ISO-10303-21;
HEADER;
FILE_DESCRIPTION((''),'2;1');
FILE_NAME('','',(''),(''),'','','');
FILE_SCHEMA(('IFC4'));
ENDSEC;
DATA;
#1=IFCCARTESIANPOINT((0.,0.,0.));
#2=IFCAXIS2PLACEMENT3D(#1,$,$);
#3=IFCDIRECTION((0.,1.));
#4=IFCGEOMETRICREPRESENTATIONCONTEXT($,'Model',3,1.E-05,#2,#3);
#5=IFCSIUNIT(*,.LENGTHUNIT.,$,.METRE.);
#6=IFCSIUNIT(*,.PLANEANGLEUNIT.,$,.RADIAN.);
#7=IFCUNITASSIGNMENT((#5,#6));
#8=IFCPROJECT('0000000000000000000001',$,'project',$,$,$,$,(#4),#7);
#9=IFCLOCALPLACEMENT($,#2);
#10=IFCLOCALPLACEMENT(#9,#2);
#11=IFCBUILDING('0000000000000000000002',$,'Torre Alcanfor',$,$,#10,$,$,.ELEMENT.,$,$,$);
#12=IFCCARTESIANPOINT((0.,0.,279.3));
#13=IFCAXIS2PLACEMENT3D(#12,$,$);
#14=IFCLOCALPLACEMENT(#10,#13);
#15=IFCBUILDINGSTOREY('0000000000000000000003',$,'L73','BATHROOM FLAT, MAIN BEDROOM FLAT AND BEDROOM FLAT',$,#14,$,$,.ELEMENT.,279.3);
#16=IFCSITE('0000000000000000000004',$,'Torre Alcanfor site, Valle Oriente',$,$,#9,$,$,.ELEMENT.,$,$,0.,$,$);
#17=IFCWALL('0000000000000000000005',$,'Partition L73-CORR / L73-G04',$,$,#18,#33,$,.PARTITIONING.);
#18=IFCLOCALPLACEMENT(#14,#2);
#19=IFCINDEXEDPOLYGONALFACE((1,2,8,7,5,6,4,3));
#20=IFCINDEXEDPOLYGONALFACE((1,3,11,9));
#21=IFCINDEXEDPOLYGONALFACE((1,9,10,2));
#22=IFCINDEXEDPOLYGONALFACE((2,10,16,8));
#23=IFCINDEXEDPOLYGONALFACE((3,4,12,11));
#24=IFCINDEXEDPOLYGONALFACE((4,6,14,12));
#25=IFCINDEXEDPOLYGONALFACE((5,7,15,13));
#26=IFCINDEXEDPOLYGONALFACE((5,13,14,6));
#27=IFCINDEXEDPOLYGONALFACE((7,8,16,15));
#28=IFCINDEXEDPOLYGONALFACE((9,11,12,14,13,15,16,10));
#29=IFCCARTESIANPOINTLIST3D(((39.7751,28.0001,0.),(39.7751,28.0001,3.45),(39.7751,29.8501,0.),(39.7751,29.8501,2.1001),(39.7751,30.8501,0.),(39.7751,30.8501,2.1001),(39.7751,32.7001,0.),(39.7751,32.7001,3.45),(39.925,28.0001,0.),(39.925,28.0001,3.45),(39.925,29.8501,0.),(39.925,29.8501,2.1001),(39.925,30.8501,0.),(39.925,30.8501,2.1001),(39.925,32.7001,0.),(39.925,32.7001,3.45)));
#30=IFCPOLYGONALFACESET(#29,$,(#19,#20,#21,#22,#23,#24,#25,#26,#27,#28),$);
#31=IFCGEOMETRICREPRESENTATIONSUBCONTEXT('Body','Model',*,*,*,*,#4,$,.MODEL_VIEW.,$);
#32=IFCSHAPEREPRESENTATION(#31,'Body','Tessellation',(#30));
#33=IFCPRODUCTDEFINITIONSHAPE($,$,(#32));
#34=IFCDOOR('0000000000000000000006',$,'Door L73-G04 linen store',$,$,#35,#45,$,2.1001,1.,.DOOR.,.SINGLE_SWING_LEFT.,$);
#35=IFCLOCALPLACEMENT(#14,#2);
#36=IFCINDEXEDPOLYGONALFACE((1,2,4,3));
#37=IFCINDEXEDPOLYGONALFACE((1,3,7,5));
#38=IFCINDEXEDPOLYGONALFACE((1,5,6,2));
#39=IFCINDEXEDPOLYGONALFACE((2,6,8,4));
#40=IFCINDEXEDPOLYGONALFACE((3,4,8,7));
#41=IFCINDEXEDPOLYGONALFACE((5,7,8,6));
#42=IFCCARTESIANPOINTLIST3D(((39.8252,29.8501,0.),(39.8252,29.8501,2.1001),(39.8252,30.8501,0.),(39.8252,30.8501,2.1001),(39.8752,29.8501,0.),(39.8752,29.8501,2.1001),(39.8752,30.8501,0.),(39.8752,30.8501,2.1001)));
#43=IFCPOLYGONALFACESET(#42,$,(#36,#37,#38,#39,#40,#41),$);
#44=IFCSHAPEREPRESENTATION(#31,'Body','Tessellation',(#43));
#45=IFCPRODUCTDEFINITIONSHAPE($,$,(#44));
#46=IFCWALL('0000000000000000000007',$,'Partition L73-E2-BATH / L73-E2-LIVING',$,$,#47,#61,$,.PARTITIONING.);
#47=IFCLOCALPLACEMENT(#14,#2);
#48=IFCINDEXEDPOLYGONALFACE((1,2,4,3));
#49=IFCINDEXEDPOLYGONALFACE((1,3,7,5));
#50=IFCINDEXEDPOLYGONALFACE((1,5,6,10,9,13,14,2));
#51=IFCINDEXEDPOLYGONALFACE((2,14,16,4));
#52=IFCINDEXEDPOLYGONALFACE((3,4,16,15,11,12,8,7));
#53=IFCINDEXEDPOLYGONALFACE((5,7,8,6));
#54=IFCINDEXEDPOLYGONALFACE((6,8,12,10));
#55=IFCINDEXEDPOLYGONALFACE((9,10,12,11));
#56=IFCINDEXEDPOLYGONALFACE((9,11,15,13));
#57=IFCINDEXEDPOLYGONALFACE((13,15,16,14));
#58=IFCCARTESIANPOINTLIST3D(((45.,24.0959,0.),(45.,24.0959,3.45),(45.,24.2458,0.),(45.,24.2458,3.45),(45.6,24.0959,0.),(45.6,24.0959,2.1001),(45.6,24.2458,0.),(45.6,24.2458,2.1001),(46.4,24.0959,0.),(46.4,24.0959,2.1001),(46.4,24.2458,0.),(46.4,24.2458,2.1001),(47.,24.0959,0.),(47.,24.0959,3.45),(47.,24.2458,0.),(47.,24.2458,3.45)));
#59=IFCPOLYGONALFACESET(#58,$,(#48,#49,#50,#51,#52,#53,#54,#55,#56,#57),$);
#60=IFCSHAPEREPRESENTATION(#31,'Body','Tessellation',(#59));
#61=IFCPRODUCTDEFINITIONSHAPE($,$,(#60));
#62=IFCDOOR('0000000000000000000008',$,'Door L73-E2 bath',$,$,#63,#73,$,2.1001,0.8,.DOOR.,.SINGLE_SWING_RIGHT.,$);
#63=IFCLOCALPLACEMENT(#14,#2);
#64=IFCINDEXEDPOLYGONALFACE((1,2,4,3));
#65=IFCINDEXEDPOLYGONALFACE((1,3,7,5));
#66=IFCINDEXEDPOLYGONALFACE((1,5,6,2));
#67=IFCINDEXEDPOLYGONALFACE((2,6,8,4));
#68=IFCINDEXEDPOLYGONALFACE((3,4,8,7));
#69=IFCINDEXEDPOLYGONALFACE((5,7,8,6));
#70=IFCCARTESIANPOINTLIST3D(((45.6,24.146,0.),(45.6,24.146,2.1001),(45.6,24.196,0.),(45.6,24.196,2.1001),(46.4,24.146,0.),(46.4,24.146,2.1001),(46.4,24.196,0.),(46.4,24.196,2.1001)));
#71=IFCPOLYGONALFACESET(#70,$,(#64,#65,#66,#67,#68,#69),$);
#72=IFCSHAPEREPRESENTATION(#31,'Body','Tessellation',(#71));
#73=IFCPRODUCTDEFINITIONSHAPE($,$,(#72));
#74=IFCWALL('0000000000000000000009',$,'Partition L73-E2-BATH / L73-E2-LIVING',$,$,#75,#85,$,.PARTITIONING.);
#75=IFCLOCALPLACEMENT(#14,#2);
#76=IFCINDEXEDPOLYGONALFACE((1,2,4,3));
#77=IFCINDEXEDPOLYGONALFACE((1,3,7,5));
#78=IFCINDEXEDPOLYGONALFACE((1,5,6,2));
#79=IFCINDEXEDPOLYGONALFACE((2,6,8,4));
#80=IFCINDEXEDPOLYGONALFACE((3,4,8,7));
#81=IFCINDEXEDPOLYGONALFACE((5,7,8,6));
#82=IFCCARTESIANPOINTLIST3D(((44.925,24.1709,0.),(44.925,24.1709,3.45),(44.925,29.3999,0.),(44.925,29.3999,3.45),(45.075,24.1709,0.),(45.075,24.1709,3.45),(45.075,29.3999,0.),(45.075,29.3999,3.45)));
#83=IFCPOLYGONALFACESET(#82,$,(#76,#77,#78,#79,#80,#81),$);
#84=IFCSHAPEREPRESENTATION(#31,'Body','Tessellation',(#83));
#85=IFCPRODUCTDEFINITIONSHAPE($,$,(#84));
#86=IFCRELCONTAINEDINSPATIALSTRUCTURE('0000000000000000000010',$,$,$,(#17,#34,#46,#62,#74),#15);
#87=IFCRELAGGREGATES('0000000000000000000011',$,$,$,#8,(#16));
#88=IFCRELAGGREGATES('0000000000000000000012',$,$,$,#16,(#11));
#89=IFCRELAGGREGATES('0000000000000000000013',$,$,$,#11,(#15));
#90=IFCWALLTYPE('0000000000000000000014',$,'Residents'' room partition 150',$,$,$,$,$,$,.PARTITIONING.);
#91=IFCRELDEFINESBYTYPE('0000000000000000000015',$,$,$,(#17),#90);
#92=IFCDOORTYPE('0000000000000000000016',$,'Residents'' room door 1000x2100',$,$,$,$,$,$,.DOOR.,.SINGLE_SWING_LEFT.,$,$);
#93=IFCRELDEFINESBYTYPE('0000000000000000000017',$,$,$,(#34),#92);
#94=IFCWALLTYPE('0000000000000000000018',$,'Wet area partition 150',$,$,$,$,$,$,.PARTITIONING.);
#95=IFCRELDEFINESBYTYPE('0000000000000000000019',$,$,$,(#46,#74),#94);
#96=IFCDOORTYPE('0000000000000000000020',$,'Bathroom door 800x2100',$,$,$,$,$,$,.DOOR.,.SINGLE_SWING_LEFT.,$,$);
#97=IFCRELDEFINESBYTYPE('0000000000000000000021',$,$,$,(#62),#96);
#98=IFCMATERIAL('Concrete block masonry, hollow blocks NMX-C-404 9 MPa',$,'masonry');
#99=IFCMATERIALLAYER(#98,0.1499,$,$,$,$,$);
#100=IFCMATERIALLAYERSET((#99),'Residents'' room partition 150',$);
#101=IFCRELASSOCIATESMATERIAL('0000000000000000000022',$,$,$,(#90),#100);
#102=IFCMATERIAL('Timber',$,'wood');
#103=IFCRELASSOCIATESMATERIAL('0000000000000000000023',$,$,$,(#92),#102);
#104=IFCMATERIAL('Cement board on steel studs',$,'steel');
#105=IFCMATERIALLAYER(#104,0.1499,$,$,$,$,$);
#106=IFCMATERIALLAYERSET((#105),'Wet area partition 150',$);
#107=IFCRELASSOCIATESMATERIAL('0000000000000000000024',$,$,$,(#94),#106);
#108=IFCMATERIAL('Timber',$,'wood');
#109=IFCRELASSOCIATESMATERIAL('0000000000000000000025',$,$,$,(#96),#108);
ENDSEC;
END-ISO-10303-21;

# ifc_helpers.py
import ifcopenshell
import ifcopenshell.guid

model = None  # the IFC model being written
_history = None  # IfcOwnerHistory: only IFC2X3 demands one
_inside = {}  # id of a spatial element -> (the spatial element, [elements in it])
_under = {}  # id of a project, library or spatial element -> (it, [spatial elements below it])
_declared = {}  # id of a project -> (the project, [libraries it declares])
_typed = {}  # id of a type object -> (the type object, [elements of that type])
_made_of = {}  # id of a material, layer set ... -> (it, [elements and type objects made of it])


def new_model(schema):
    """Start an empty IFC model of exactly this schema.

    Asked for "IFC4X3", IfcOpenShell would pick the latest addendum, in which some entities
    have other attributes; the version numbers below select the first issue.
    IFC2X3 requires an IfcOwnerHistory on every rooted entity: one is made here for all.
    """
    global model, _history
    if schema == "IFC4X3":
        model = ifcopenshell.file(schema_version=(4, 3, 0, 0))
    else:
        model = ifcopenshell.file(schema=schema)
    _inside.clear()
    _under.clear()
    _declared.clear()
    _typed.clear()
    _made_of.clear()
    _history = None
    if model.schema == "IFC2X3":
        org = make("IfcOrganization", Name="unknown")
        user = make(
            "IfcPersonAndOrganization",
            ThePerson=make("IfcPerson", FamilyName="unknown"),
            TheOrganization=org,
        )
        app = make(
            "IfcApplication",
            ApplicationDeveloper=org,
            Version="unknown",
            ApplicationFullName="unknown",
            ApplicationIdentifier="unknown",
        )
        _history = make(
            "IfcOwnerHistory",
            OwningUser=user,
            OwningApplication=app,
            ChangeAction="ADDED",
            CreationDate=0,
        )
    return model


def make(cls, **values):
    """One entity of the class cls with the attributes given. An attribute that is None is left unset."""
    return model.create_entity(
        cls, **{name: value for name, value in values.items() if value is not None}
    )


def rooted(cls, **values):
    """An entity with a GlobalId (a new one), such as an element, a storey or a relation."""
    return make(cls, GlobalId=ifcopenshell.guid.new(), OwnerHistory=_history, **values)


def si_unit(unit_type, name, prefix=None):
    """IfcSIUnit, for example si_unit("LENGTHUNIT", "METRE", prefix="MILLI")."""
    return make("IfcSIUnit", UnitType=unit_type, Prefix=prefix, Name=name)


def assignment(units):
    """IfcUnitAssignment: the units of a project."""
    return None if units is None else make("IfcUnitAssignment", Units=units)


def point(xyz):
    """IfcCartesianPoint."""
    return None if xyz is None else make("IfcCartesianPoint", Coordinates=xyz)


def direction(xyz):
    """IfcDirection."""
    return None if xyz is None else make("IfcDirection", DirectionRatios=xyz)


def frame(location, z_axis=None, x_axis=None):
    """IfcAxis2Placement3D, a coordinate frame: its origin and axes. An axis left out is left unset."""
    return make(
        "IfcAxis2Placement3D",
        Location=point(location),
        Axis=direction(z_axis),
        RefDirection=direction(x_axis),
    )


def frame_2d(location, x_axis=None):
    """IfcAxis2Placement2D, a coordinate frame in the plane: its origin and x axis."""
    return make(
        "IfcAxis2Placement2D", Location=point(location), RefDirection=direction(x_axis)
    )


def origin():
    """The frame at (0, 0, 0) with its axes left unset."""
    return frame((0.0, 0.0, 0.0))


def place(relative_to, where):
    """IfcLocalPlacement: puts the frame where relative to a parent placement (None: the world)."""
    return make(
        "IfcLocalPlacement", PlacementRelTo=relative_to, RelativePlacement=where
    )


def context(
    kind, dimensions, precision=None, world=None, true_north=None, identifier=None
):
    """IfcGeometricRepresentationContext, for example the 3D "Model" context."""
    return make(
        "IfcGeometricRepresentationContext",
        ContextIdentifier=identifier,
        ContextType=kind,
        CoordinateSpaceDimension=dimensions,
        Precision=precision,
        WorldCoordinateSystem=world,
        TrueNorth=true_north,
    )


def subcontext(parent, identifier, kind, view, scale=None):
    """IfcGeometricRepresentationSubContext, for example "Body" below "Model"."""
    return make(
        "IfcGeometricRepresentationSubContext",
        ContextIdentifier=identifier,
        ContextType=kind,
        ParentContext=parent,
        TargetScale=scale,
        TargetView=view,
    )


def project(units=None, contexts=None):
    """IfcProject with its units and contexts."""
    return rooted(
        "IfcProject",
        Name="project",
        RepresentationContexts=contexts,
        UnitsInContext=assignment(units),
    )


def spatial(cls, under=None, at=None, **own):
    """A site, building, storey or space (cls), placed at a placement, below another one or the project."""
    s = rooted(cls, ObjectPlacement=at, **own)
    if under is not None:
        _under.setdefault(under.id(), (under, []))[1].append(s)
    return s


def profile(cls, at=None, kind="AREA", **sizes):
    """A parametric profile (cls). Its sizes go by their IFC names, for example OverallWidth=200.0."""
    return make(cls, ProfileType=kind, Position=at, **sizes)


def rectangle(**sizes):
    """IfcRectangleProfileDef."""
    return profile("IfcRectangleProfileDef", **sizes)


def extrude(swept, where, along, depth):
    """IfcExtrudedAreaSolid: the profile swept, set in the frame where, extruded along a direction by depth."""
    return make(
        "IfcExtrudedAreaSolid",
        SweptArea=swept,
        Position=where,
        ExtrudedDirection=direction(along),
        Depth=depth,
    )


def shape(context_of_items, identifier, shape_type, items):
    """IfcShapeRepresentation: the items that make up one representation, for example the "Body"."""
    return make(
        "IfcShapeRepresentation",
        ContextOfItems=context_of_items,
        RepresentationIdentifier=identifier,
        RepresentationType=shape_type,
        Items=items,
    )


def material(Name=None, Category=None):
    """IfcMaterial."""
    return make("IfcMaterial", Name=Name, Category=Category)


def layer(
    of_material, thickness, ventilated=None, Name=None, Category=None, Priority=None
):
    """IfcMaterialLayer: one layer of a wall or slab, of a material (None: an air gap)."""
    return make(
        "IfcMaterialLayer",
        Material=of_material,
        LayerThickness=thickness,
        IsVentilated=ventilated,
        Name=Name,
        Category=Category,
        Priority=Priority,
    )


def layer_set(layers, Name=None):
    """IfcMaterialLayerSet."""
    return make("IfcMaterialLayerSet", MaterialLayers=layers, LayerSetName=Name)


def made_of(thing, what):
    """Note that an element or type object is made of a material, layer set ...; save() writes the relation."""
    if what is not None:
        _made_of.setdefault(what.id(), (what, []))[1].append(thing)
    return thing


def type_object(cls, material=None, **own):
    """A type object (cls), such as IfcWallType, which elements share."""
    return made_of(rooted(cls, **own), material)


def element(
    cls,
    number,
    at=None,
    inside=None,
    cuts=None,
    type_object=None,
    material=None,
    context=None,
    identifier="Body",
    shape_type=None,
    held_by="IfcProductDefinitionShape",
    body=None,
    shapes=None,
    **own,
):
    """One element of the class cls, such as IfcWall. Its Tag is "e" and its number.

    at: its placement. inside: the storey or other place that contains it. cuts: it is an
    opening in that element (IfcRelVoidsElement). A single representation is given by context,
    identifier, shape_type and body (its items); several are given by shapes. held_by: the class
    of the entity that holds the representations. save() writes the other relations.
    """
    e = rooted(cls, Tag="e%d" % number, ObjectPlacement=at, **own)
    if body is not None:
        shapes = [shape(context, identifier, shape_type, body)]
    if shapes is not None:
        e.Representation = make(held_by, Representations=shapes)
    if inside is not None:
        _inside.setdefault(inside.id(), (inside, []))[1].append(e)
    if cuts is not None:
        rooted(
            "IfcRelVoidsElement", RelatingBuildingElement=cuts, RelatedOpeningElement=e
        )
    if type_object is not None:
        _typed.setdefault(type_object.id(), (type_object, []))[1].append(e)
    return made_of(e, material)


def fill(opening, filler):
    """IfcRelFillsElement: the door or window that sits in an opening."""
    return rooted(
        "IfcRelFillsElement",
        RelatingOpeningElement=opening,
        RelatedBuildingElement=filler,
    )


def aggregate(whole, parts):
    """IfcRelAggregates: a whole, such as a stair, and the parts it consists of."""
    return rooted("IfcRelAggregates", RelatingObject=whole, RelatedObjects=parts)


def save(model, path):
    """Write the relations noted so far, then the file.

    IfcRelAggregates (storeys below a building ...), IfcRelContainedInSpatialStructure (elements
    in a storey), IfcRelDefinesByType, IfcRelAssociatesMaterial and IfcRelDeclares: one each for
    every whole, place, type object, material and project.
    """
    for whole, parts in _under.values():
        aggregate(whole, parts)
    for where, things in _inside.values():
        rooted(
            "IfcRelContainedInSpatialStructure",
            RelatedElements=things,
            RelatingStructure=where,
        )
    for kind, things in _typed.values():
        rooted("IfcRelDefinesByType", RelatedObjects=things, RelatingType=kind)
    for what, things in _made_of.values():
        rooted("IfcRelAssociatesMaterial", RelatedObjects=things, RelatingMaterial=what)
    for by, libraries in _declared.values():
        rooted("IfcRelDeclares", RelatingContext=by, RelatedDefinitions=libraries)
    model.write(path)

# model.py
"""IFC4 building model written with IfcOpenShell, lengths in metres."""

from ifc_helpers import new_model, si_unit, direction, frame, frame_2d, origin, place, context, subcontext, project, spatial, rectangle, extrude, material, layer, layer_set, type_object, element, fill, save


model = new_model("IFC4")

# Units and contexts
model_context = context("Model", 3, precision=1e-05, world=origin(), true_north=direction((0.0, 1.0)))
body_context = subcontext(model_context, "Body", "Model", "MODEL_VIEW")
ifc_project = project(units=[si_unit("LENGTHUNIT", "METRE"), si_unit("PLANEANGLEUNIT", "RADIAN")], contexts=[model_context])

# Site, building, storey
site_placement = place(None, origin())
site = spatial("IfcSite", under=ifc_project, at=site_placement, Name="Torre Alcanfor site, Valle Oriente", CompositionType="ELEMENT", RefElevation=0.0)
building_placement = place(site_placement, origin())
building = spatial("IfcBuilding", under=site, at=building_placement, Name="Torre Alcanfor", CompositionType="ELEMENT")
storey_placement = place(building_placement, frame((0.0, 0.0, 279.3)))
storey = spatial("IfcBuildingStorey", under=building, at=storey_placement, Name="L73", Description="BATHROOM FLAT, MAIN BEDROOM FLAT AND BEDROOM FLAT", CompositionType="ELEMENT", Elevation=279.3)

# Walls, openings, doors
ifc_material_1 = material(Name="Concrete block masonry, hollow blocks NMX-C-404 9 MPa", Category="masonry")
ifc_layer_1 = layer(ifc_material_1, 0.1499)
ifc_layer_set_1 = layer_set([ifc_layer_1], Name="Residents' room partition 150")
wall_type_1 = type_object("IfcWallType", Name="Residents' room partition 150", PredefinedType="PARTITIONING", material=ifc_layer_set_1)
wall_1_placement = place(storey_placement, frame((39.8501, 28.0, 0.0), z_axis=(0.0, 0.0, 1.0), x_axis=(0.0, 1.0, 0.0)))
wall_1 = element("IfcWall", 1, at=wall_1_placement, inside=storey, type_object=wall_type_1, Name="Partition L73-CORR / L73-G04", PredefinedType="PARTITIONING", context=body_context, shape_type="SweptSolid", body=[
    extrude(rectangle(XDim=4.7, YDim=0.1499, at=frame_2d((2.3501, 0.0))), origin(), (0.0, 0.0, 1.0), 3.45),
])
opening_1_placement = place(wall_1_placement, frame((1.8501, 0.0, 0.0)))
opening_1 = element("IfcOpeningElement", 2, at=opening_1_placement, cuts=wall_1, PredefinedType="OPENING", context=body_context, shape_type="SweptSolid", body=[
    extrude(rectangle(XDim=1.0, YDim=2.1001, at=frame_2d((0.5, 1.05))), frame((0.0, 0.085, 0.0), z_axis=(0.0, -1.0, 0.0), x_axis=(1.0, 0.0, 0.0)), (0.0, 0.0, 1.0), 0.1699),
])
ifc_material_2 = material(Name="Timber", Category="wood")
door_type_1 = type_object("IfcDoorType", Name="Residents' room door 1000x2100", OperationType="SINGLE_SWING_LEFT", PredefinedType="DOOR", material=ifc_material_2)
door_1_placement = place(opening_1_placement, origin())
door_1 = element("IfcDoor", 3, at=door_1_placement, inside=storey, type_object=door_type_1, Name="Door L73-G04 linen store", OperationType="SINGLE_SWING_LEFT", OverallHeight=2.1001, OverallWidth=1.0, PredefinedType="DOOR", context=body_context, shape_type="SweptSolid", body=[
    extrude(rectangle(XDim=1.0, YDim=2.1001, at=frame_2d((0.5, 1.05))), frame((0.0, 0.0249, 0.0), z_axis=(0.0, -1.0, 0.0), x_axis=(1.0, 0.0, 0.0)), (0.0, 0.0, 1.0), 0.05),
])
fill(opening_1, door_1)
ifc_material_3 = material(Name="Cement board on steel studs", Category="steel")
ifc_layer_2 = layer(ifc_material_3, 0.1499)
ifc_layer_set_2 = layer_set([ifc_layer_2], Name="Wet area partition 150")
wall_type_2 = type_object("IfcWallType", Name="Wet area partition 150", PredefinedType="PARTITIONING", material=ifc_layer_set_2)
wall_2_placement = place(storey_placement, frame((47.0, 24.1709, 0.0), z_axis=(0.0, 0.0, 1.0), x_axis=(-1.0, 0.0, 0.0)))
wall_2 = element("IfcWall", 4, at=wall_2_placement, inside=storey, type_object=wall_type_2, Name="Partition L73-E2-BATH / L73-E2-LIVING", PredefinedType="PARTITIONING", context=body_context, shape_type="SweptSolid", body=[
    extrude(rectangle(XDim=2.0, YDim=0.1499, at=frame_2d((1.0, 0.0))), origin(), (0.0, 0.0, 1.0), 3.45),
])
opening_2_placement = place(wall_2_placement, frame((0.6001, 0.0, 0.0)))
opening_2 = element("IfcOpeningElement", 5, at=opening_2_placement, cuts=wall_2, PredefinedType="OPENING", context=body_context, shape_type="SweptSolid", body=[
    extrude(rectangle(XDim=0.8, YDim=2.1001, at=frame_2d((0.3999, 1.05))), frame((0.0, 0.085, 0.0), z_axis=(0.0, -1.0, 0.0), x_axis=(1.0, 0.0, 0.0)), (0.0, 0.0, 1.0), 0.1699),
])
ifc_material_4 = material(Name="Timber", Category="wood")
door_type_2 = type_object("IfcDoorType", Name="Bathroom door 800x2100", OperationType="SINGLE_SWING_LEFT", PredefinedType="DOOR", material=ifc_material_4)
door_2_placement = place(opening_2_placement, frame((0.8, 0.0, 0.0), z_axis=(0.0, 0.0, 1.0), x_axis=(-1.0, 0.0, 0.0)))
door_2 = element("IfcDoor", 6, at=door_2_placement, inside=storey, type_object=door_type_2, Name="Door L73-E2 bath", OperationType="SINGLE_SWING_RIGHT", OverallHeight=2.1001, OverallWidth=0.8, PredefinedType="DOOR", context=body_context, shape_type="SweptSolid", body=[
    extrude(rectangle(XDim=0.8, YDim=2.1001, at=frame_2d((0.4001, 1.05))), frame((0.0, 0.0251, 0.0), z_axis=(0.0, -1.0, 0.0), x_axis=(1.0, 0.0, 0.0)), (0.0, 0.0, 1.0), 0.05),
])
fill(opening_2, door_2)

# Wall
wall_3_placement = place(storey_placement, frame((45.0, 24.1709, 0.0), z_axis=(0.0, 0.0, 1.0), x_axis=(0.0, 1.0, 0.0)))
element("IfcWall", 7, at=wall_3_placement, inside=storey, type_object=wall_type_2, Name="Partition L73-E2-BATH / L73-E2-LIVING", PredefinedType="PARTITIONING", context=body_context, shape_type="SweptSolid", body=[
    extrude(rectangle(XDim=5.229, YDim=0.1499, at=frame_2d((2.6145, 0.0))), origin(), (0.0, 0.0, 1.0), 3.45),
])

save(model, "model.ifc")
